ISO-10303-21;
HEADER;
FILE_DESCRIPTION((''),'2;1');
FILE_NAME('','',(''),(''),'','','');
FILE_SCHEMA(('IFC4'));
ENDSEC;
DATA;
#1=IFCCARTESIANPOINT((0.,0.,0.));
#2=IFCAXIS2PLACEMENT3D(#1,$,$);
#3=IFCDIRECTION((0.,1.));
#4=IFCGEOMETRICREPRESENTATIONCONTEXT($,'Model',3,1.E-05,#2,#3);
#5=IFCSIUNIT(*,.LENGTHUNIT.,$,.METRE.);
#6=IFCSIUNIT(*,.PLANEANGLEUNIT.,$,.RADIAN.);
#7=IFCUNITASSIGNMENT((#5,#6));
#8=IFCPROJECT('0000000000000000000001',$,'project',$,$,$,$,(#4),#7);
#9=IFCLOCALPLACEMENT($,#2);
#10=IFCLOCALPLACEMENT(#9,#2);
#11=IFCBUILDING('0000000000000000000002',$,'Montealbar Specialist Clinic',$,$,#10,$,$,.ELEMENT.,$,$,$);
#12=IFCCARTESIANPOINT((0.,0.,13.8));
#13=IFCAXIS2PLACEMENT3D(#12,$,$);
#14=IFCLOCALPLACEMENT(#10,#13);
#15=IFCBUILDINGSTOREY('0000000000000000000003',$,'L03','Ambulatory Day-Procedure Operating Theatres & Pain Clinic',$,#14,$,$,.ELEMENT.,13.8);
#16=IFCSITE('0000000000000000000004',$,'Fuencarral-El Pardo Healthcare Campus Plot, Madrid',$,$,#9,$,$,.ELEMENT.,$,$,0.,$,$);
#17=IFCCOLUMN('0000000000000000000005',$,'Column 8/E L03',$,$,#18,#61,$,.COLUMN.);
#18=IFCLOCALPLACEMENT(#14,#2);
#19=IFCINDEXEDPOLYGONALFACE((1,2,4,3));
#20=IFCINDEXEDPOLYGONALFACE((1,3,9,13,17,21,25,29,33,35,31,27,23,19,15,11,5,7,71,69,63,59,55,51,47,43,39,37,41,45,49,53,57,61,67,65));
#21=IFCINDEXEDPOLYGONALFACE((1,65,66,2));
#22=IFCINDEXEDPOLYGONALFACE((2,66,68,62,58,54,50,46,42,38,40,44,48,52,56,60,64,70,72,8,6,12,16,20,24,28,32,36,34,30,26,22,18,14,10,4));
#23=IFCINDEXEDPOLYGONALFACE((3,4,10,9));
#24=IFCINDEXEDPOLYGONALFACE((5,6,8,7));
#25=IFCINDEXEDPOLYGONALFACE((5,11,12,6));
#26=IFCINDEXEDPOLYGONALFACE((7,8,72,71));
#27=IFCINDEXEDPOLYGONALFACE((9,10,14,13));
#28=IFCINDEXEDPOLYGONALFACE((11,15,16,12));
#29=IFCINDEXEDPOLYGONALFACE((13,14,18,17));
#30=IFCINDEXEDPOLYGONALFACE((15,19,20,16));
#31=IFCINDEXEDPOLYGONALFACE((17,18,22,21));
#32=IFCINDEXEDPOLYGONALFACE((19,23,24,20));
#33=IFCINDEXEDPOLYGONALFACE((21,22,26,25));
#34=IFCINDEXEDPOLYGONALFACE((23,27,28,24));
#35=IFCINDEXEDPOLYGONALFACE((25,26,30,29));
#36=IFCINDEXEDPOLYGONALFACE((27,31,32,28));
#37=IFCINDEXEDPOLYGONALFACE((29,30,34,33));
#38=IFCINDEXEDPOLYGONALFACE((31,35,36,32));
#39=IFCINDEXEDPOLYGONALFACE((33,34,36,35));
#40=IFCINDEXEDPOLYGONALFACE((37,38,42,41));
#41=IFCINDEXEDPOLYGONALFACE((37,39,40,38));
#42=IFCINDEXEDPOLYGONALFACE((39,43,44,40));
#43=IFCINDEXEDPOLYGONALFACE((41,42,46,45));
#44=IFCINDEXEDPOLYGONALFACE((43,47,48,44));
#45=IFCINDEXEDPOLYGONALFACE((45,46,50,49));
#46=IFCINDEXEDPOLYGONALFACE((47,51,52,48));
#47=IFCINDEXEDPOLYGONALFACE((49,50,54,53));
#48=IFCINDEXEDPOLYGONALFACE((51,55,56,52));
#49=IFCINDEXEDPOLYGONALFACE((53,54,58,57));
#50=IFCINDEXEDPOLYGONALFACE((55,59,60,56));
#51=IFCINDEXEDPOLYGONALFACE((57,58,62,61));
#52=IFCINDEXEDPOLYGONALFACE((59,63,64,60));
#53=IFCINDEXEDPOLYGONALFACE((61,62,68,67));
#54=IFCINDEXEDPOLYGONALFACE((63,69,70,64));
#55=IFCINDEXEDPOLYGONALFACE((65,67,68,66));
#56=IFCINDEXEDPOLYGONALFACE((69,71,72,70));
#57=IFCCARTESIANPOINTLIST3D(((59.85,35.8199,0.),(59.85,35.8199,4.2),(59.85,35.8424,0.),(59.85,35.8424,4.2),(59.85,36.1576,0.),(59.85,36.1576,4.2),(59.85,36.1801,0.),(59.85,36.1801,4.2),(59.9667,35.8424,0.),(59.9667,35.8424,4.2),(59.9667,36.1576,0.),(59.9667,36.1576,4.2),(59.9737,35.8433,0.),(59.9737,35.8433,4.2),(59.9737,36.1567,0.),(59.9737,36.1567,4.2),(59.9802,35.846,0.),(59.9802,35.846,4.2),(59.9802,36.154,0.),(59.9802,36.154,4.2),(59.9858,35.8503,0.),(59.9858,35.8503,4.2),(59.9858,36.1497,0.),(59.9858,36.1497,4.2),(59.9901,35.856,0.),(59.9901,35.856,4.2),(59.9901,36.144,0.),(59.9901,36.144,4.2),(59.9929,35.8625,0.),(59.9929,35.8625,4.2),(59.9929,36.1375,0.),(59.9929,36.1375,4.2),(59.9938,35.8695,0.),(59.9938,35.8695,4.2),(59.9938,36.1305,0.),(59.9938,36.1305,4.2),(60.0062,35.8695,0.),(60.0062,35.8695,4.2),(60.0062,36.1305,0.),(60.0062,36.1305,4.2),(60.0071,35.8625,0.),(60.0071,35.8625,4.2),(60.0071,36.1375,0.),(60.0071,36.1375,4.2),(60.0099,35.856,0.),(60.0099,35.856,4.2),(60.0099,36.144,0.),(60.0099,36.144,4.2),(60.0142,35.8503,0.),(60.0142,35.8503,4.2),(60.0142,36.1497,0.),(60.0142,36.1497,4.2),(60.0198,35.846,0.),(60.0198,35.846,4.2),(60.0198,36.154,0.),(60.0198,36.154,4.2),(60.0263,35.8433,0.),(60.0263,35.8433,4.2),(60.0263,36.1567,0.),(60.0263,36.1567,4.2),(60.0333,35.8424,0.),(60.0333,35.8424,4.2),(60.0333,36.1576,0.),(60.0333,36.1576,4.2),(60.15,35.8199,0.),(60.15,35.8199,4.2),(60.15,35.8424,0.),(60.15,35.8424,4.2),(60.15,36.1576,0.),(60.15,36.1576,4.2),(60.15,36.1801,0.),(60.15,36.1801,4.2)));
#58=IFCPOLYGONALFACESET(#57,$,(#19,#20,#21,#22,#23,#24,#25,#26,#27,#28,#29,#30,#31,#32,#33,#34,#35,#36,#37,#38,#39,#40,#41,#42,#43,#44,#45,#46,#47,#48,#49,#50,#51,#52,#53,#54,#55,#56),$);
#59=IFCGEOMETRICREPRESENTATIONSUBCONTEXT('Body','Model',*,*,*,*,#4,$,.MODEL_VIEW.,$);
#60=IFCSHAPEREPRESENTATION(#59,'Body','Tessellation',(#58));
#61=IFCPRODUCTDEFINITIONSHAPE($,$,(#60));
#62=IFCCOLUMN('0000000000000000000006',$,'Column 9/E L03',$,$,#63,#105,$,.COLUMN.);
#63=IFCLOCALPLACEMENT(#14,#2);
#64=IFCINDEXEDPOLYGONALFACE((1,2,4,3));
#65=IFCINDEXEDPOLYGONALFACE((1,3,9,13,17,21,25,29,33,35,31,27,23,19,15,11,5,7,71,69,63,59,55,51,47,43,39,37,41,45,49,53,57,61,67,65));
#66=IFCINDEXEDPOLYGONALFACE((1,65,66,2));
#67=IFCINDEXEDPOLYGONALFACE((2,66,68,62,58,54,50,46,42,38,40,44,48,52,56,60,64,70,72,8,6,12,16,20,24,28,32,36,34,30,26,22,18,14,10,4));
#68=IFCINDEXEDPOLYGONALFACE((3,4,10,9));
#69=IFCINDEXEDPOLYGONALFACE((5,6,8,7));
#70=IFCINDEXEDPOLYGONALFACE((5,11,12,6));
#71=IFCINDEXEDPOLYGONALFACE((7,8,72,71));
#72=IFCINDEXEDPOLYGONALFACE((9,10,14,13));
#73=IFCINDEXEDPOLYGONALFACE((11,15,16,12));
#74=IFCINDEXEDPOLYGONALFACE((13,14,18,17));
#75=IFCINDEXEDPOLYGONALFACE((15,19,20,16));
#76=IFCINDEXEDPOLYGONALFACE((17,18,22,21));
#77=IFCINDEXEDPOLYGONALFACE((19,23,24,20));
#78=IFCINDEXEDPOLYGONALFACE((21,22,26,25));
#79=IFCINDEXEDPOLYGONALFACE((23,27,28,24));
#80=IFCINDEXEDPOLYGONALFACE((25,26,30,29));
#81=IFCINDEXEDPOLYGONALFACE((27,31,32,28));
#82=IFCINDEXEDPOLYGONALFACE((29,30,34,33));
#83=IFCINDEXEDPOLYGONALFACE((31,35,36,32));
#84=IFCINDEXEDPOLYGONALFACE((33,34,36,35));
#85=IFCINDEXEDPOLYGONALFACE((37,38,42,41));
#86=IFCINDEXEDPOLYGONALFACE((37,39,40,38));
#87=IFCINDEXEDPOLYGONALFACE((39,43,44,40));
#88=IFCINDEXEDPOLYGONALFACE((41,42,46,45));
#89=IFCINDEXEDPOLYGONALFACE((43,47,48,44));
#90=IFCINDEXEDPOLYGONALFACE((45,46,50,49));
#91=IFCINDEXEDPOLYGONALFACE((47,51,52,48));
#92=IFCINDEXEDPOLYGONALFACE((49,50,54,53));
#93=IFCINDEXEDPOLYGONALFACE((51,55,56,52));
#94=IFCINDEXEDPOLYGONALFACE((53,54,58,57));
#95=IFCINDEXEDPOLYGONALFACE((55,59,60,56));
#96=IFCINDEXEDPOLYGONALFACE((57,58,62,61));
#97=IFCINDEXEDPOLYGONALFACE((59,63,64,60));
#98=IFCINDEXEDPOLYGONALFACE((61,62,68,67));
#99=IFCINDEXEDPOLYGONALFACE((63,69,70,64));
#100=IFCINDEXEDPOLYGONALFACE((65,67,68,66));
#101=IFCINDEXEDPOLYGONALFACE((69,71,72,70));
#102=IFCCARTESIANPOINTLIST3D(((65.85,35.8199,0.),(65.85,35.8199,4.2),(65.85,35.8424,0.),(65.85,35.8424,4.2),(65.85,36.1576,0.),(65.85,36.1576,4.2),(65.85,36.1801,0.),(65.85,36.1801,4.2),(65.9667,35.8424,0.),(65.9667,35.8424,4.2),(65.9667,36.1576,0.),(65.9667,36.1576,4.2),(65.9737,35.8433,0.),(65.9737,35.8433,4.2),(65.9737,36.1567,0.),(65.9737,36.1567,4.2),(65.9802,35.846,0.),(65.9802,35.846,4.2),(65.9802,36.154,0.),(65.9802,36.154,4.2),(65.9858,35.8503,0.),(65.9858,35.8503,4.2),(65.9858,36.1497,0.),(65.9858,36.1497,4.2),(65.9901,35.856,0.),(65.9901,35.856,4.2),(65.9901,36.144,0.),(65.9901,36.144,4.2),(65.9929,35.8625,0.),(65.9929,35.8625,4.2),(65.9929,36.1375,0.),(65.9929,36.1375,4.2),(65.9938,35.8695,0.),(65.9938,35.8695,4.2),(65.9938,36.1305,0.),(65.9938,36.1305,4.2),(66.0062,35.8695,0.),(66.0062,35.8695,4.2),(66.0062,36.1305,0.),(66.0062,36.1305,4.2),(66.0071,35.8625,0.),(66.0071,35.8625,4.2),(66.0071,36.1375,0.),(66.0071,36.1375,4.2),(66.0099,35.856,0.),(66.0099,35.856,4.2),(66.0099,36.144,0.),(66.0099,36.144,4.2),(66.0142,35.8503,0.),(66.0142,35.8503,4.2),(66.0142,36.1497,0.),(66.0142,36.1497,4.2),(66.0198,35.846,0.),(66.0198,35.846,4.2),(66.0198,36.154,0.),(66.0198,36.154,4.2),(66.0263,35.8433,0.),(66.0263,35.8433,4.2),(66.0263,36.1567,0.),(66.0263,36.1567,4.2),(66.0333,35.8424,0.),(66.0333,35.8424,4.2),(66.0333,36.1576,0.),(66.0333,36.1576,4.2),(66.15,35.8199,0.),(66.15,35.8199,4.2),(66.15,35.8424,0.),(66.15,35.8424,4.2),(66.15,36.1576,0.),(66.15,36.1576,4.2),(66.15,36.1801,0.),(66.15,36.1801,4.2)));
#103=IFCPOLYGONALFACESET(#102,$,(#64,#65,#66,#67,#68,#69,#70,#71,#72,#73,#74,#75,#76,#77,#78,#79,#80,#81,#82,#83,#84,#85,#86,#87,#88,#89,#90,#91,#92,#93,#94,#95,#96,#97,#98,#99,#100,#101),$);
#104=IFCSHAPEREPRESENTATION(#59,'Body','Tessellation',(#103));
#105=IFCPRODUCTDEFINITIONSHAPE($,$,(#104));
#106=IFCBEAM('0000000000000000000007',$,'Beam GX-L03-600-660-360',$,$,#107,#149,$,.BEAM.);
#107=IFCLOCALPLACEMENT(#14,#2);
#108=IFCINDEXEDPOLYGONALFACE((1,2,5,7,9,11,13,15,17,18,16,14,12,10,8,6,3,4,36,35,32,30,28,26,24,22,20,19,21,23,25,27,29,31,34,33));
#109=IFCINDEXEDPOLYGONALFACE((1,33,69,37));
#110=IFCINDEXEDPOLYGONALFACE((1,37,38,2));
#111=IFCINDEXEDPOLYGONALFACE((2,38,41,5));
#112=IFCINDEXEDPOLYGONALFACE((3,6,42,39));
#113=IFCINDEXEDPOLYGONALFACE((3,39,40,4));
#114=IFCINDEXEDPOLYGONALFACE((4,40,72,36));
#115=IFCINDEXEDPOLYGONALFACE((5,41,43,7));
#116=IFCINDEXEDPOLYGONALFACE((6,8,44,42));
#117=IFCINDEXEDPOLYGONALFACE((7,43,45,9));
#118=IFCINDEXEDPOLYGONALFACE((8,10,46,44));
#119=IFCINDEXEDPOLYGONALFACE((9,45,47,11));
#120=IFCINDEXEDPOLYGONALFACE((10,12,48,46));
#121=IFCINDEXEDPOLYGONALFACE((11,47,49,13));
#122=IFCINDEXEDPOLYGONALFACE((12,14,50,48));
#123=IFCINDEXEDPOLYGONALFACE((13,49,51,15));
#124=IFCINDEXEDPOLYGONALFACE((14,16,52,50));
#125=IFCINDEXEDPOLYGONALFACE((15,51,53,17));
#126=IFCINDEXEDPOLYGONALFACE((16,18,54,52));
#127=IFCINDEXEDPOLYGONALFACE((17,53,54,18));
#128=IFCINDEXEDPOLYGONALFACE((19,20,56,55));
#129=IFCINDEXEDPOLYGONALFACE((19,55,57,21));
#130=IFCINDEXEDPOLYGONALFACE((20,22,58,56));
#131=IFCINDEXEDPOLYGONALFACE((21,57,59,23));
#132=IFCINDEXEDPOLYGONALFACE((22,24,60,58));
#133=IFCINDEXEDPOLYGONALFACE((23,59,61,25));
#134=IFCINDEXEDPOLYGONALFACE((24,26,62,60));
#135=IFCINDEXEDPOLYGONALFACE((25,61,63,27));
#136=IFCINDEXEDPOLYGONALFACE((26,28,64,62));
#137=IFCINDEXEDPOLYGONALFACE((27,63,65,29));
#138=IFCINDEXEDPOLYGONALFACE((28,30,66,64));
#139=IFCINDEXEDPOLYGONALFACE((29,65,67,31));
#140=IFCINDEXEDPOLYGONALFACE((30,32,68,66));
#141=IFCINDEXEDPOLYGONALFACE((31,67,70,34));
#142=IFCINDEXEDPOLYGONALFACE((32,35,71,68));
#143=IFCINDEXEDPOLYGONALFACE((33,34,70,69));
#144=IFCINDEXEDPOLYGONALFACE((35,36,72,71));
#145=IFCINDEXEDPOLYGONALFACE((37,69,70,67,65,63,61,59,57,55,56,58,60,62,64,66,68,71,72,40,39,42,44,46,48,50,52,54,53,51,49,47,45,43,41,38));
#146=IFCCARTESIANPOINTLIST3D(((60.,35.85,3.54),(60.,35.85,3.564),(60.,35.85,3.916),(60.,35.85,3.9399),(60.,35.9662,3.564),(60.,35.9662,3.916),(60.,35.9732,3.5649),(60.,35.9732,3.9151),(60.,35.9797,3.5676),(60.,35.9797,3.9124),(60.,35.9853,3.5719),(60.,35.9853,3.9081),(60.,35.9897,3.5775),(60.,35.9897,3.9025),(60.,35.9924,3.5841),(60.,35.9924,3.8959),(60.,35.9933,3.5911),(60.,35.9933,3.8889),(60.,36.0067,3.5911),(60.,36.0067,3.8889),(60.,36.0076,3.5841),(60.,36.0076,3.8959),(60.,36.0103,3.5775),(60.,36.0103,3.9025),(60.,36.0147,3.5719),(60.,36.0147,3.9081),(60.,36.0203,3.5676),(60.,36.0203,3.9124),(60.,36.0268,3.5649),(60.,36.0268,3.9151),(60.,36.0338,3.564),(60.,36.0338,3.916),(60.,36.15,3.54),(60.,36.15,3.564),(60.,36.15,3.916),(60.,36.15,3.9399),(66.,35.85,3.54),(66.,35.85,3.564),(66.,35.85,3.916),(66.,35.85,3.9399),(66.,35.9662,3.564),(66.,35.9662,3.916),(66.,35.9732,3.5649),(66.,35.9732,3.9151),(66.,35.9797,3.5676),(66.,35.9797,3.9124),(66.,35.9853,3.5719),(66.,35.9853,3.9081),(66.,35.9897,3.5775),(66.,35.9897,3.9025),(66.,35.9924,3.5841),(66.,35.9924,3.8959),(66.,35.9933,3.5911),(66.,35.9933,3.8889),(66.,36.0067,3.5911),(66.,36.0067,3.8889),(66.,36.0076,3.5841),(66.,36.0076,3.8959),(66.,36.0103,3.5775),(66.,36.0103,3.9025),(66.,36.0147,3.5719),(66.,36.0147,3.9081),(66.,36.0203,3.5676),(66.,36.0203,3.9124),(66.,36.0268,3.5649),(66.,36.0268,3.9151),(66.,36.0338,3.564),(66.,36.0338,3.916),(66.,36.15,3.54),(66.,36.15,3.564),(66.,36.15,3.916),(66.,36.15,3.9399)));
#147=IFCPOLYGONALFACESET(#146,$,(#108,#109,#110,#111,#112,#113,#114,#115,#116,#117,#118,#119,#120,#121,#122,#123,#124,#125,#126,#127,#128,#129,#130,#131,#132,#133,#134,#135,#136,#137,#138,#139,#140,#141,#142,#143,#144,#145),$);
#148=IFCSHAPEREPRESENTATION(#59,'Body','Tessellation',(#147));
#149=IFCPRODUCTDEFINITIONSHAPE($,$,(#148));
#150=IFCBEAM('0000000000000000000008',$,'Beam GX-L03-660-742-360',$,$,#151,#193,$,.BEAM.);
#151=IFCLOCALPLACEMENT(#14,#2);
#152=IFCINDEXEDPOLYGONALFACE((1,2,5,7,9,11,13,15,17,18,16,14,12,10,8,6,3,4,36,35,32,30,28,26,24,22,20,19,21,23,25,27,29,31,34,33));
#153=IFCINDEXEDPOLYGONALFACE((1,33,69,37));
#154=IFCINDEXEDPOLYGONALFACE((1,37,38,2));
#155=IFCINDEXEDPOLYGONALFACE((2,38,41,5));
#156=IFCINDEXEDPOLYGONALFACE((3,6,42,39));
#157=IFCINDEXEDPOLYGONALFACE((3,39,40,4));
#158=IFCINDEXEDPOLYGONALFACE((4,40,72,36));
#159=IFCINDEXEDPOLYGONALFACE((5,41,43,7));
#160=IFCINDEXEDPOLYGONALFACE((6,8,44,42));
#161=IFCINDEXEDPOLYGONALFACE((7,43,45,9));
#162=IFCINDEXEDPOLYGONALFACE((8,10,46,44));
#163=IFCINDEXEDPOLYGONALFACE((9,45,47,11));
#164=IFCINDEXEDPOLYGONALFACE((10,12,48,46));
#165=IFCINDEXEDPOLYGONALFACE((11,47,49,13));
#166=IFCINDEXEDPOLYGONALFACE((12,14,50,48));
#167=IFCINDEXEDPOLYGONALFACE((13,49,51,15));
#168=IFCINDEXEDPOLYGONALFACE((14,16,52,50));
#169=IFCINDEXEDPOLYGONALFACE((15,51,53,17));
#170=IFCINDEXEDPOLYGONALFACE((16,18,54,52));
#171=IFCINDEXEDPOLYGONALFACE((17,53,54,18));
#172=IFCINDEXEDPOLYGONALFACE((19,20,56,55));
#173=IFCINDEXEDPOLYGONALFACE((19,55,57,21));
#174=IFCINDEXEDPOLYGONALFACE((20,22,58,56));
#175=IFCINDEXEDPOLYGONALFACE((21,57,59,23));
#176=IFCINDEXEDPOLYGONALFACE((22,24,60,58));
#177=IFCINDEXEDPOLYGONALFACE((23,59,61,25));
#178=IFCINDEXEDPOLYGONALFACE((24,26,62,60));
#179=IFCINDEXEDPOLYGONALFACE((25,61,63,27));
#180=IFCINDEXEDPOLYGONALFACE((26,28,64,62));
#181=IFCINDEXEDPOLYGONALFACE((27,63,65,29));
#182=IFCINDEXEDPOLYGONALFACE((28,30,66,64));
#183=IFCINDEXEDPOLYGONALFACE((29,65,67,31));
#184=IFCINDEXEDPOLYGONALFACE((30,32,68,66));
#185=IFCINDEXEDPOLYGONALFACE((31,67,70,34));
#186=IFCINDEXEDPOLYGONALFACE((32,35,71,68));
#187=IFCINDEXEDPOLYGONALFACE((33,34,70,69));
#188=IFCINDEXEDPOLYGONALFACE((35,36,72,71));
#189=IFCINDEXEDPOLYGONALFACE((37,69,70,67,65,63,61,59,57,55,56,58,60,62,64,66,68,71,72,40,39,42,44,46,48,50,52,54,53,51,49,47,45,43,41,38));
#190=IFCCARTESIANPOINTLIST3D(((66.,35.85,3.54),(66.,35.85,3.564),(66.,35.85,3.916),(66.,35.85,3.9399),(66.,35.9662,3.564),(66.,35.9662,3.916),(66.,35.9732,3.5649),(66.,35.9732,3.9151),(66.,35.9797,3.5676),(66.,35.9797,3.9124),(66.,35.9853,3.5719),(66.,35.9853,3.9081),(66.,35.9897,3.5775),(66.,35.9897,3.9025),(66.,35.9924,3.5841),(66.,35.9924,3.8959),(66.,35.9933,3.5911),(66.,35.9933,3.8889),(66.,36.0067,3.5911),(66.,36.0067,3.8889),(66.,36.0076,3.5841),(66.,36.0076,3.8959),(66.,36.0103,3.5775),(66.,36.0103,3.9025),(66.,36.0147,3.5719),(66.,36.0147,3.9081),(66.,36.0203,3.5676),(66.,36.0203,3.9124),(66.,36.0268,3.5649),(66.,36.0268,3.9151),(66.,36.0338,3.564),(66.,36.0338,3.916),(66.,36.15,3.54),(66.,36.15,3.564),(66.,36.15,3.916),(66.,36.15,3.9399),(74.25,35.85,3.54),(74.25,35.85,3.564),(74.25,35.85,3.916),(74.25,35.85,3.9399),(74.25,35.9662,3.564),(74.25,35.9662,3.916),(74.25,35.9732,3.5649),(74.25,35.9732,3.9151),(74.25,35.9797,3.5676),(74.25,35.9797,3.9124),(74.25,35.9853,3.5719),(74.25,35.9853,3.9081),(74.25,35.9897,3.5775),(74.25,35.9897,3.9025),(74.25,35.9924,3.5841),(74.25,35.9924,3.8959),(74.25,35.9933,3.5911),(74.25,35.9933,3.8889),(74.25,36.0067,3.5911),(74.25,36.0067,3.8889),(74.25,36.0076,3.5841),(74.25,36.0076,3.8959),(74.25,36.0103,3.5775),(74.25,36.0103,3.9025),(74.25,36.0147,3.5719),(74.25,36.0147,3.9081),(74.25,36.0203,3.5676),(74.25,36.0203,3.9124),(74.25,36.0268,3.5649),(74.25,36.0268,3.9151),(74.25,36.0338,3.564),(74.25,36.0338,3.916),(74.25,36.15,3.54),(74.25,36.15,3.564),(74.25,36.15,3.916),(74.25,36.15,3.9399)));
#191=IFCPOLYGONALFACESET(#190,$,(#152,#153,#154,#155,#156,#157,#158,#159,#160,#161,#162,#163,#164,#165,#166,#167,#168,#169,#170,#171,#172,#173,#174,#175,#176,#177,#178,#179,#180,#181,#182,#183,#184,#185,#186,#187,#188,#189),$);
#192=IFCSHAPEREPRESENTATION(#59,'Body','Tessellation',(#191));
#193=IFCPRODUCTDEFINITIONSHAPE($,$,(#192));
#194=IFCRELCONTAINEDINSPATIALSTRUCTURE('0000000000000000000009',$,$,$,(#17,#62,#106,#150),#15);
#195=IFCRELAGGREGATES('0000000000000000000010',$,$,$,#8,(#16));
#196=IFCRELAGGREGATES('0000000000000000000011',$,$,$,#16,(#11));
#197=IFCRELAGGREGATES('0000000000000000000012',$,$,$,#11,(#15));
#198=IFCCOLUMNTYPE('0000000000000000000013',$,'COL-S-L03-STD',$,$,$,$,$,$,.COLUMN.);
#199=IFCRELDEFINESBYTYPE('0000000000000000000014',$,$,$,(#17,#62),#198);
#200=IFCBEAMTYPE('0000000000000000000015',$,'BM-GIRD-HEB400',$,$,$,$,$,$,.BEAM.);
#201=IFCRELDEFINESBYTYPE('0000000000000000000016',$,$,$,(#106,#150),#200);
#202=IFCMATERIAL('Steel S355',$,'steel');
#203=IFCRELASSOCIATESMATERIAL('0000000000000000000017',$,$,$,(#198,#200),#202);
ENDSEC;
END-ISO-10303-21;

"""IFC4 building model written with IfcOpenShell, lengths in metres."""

from ifc_helpers import new_model, si_unit, direction, frame, origin, origin_2d, place, context, subcontext, project, spatial, i_section, extrude, material, material_profile, profile_set, type_object, element, save


model = new_model("IFC4")

# Units and contexts
model_context = context("Model", 3, precision=1e-05, world=origin(), true_north=direction((0.0, 1.0)))
body_context = subcontext(model_context, "Body", "Model", "MODEL_VIEW")
ifc_project = project(units=[si_unit("LENGTHUNIT", "METRE"), si_unit("PLANEANGLEUNIT", "RADIAN")], contexts=[model_context])

# Site, building, storey
site_placement = place(None, origin())
site = spatial("IfcSite", under=ifc_project, at=site_placement, Name="Fuencarral-El Pardo Healthcare Campus Plot, Madrid", CompositionType="ELEMENT", RefElevation=0.0)
building_placement = place(site_placement, origin())
building = spatial("IfcBuilding", under=site, at=building_placement, Name="Montealbar Specialist Clinic", CompositionType="ELEMENT")
storey_placement = place(building_placement, frame((0.0, 0.0, 13.8)))
storey = spatial("IfcBuildingStorey", under=building, at=storey_placement, Name="L03", Description="Ambulatory Day-Procedure Operating Theatres & Pain Clinic", CompositionType="ELEMENT", Elevation=13.8)

# Columns
ifc_material_1 = material(Name="Steel S355", Category="steel")
ifc_material_profile_1 = material_profile(ifc_material_1, i_section(OverallWidth=0.3, OverallDepth=0.3601, WebThickness=0.0125, FlangeThickness=0.0225, FilletRadius=0.0271, at=origin_2d()), Name="HEB 360", Category="steel")
ifc_profile_set_1 = profile_set([ifc_material_profile_1], Name="Steel S355")
column_type = type_object("IfcColumnType", Name="COL-S-L03-STD", PredefinedType="COLUMN", material=ifc_profile_set_1)
for number, where, z_axis, x_axis, name in (
    (1, (60.0, 36.0, 0.0), (0.0, 0.0, 1.0), (1.0, 0.0, 0.0), "Column 8/E L03"),
    (2, (66.0, 36.0, 0.0), (0.0, 0.0, 1.0), (1.0, 0.0, 0.0), "Column 9/E L03"),
):
    element("IfcColumn", number, at=place(storey_placement, frame(where, z_axis=z_axis, x_axis=x_axis)), inside=storey, type_object=column_type, Name=name, PredefinedType="COLUMN", context=body_context, shape_type="SweptSolid", body=[
        extrude(i_section(OverallWidth=0.3, OverallDepth=0.3601, WebThickness=0.0125, FlangeThickness=0.0225, FilletRadius=0.0271, at=origin_2d()), origin(), (0.0, 0.0, 1.0), 4.2),
    ])

# Beams
ifc_material_profile_2 = material_profile(ifc_material_1, i_section(OverallWidth=0.3, OverallDepth=0.3999, WebThickness=0.0134, FlangeThickness=0.0239, FilletRadius=0.0271, at=origin_2d()), Name="HEB 400", Category="steel")
ifc_profile_set_2 = profile_set([ifc_material_profile_2], Name="Steel S355")
beam_type = type_object("IfcBeamType", Name="BM-GIRD-HEB400", PredefinedType="BEAM", material=ifc_profile_set_2)
beam_1_placement = place(storey_placement, frame((60.0, 36.0, 3.74), z_axis=(1.0, 0.0, 0.0), x_axis=(0.0, 1.0, 0.0)))
element("IfcBeam", 3, at=beam_1_placement, inside=storey, type_object=beam_type, Name="Beam GX-L03-600-660-360", PredefinedType="BEAM", context=body_context, shape_type="SweptSolid", body=[
    extrude(i_section(OverallWidth=0.3, OverallDepth=0.3999, WebThickness=0.0134, FlangeThickness=0.0239, FilletRadius=0.0271, at=origin_2d()), origin(), (0.0, 0.0, 1.0), 6.0),
])
beam_2_placement = place(storey_placement, frame((66.0, 36.0, 3.74), z_axis=(1.0, 0.0, 0.0), x_axis=(0.0, 1.0, 0.0)))
element("IfcBeam", 4, at=beam_2_placement, inside=storey, type_object=beam_type, Name="Beam GX-L03-660-742-360", PredefinedType="BEAM", context=body_context, shape_type="SweptSolid", body=[
    extrude(i_section(OverallWidth=0.3, OverallDepth=0.3999, WebThickness=0.0134, FlangeThickness=0.0239, FilletRadius=0.0271, at=origin_2d()), origin(), (0.0, 0.0, 1.0), 8.25),
])

save(model, "model.ifc")
